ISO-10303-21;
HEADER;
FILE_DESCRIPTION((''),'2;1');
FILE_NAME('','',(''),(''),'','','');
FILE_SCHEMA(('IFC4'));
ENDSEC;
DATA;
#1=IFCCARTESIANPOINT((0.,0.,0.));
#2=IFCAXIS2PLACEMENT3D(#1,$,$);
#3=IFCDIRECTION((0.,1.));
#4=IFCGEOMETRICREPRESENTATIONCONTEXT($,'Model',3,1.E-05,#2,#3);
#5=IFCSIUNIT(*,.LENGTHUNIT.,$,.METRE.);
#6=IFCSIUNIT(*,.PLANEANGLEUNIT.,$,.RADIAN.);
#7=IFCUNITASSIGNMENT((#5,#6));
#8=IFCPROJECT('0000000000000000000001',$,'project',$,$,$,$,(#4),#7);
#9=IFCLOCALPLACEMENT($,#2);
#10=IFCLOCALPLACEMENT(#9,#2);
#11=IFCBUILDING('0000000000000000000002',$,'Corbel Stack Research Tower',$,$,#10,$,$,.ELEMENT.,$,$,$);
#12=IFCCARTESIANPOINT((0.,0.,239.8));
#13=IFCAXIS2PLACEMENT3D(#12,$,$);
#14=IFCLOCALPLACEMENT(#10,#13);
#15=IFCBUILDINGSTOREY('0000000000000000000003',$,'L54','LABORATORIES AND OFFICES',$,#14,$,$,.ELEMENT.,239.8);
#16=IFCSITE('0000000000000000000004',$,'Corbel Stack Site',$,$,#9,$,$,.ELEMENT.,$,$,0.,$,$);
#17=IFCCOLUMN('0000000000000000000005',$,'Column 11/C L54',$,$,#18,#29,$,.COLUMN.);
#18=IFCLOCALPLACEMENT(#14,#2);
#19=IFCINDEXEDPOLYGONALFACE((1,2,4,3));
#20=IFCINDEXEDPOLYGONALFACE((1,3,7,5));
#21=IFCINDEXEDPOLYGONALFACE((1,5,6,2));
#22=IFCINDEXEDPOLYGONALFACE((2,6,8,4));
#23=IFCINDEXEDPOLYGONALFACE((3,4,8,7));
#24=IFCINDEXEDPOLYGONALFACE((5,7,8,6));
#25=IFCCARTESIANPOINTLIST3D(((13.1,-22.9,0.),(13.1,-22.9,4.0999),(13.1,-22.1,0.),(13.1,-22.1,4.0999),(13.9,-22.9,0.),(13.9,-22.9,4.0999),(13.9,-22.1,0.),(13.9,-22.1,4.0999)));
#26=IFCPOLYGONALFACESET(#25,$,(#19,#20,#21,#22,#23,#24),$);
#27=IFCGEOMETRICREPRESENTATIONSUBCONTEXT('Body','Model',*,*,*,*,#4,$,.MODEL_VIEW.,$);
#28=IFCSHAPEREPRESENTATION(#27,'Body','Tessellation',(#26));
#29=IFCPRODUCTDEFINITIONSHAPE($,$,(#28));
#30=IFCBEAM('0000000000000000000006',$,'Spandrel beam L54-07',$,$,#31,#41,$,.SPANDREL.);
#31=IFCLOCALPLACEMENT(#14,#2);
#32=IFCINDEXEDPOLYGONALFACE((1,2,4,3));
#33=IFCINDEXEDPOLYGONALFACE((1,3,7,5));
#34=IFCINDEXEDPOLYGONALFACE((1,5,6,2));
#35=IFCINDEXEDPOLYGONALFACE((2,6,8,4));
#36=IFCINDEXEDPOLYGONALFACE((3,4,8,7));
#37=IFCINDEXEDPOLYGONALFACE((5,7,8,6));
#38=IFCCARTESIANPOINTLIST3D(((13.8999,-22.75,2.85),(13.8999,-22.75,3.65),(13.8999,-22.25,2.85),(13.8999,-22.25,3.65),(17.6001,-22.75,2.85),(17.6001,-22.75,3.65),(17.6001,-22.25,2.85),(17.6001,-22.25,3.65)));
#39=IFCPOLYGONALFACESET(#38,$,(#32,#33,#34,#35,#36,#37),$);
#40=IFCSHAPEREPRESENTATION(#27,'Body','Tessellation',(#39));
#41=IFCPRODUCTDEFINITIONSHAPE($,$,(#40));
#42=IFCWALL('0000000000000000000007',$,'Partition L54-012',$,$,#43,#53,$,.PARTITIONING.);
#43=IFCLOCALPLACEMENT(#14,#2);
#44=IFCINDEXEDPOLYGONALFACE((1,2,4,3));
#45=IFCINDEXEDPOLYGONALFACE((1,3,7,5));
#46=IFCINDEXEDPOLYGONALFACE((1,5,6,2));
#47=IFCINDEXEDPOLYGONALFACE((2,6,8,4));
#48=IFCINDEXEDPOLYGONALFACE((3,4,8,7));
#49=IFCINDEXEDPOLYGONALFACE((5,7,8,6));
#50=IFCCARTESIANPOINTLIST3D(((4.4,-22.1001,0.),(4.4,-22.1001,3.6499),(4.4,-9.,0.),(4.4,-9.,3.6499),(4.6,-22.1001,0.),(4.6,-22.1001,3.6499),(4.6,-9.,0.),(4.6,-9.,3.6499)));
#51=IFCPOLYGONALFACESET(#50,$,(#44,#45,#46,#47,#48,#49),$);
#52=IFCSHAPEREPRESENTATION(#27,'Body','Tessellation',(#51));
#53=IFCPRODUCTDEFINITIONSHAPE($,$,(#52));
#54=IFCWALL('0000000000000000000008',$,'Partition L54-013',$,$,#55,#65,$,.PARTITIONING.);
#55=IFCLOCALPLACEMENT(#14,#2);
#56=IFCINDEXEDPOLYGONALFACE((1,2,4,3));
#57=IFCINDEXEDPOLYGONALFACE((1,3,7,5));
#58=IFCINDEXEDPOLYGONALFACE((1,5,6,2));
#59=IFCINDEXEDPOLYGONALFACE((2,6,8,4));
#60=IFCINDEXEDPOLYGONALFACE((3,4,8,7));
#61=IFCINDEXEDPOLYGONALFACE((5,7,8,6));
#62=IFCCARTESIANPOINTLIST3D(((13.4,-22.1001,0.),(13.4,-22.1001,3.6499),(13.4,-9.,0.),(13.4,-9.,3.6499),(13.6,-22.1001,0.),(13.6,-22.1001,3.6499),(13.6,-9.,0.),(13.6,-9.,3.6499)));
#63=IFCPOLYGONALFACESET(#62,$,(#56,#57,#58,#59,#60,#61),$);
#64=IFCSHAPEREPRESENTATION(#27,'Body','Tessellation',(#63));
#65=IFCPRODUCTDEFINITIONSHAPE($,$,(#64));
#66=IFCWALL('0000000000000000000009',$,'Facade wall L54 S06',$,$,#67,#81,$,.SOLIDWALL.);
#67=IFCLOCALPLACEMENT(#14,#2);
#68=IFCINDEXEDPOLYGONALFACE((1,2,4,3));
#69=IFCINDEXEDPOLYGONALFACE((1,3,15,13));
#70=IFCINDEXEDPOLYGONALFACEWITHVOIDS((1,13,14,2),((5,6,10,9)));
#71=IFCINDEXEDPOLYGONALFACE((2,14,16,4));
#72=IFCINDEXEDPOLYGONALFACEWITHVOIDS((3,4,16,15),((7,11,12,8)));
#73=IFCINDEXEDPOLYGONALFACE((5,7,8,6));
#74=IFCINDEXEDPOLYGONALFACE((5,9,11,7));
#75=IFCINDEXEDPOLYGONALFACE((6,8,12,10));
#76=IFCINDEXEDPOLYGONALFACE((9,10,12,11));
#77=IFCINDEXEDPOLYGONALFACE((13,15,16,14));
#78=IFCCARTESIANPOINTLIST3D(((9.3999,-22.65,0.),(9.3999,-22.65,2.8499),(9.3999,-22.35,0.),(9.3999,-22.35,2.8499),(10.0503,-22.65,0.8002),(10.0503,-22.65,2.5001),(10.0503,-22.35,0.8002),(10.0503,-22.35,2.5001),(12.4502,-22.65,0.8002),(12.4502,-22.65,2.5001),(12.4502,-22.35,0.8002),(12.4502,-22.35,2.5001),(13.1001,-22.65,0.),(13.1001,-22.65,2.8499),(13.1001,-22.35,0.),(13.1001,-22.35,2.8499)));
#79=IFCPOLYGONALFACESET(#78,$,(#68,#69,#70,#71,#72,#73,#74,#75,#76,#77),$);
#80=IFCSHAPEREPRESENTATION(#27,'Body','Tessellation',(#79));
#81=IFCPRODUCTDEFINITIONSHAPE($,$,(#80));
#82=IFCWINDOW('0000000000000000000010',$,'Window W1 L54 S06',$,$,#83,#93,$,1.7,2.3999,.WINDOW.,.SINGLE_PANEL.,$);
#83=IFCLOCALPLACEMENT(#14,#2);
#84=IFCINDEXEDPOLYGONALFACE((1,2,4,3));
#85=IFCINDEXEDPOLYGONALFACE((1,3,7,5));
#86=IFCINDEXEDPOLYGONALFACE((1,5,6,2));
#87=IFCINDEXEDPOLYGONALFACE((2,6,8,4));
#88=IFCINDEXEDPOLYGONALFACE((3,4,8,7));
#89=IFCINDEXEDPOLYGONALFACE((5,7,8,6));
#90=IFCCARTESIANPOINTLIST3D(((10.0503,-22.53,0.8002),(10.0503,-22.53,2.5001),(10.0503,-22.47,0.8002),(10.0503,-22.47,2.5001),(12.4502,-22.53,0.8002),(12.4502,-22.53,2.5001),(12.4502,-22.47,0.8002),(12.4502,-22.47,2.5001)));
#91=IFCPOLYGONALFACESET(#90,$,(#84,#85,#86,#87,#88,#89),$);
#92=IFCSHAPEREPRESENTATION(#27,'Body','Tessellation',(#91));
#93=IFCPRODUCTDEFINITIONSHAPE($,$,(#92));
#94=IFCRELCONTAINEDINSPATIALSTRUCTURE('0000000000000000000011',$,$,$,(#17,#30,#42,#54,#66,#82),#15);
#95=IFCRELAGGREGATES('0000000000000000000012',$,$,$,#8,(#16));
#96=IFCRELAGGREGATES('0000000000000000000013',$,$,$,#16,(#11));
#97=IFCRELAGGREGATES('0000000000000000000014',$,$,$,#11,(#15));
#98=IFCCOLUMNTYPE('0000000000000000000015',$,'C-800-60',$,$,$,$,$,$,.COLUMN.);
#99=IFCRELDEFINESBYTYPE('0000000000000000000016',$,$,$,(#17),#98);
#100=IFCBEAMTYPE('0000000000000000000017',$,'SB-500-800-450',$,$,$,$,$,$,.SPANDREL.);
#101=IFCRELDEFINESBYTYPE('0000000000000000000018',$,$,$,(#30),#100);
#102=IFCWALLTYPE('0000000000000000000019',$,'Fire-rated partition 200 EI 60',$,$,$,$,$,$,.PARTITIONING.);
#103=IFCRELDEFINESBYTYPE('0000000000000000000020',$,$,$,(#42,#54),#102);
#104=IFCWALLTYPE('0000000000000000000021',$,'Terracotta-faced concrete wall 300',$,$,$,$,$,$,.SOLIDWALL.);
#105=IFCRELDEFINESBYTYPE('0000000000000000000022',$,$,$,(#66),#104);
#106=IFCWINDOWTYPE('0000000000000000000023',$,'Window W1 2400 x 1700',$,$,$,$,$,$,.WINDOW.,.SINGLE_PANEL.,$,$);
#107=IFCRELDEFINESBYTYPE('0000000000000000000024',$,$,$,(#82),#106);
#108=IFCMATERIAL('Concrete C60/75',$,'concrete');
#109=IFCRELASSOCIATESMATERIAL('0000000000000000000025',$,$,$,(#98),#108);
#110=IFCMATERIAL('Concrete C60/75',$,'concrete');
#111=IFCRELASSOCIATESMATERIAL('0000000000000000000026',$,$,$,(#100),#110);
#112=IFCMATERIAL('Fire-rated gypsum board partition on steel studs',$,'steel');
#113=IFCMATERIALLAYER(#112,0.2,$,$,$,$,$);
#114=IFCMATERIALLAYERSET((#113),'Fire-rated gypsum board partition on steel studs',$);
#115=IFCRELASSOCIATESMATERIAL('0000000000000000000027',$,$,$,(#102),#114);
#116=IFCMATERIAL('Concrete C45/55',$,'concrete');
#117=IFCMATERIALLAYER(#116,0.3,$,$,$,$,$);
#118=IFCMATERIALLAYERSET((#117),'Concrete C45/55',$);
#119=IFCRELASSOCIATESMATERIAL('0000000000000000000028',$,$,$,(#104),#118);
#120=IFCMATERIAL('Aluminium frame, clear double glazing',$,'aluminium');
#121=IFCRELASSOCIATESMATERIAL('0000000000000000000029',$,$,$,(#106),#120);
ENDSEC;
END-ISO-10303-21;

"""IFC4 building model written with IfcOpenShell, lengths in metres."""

from ifc_helpers import new_model, si_unit, direction, frame, frame_2d, origin, origin_2d, place, context, subcontext, project, spatial, rectangle, extrude, material, layer, layer_set, material_profile, profile_set, type_object, element, fill, save


model = new_model("IFC4")

# Units and contexts
model_context = context("Model", 3, precision=1e-05, world=origin(), true_north=direction((0.0, 1.0)))
body_context = subcontext(model_context, "Body", "Model", "MODEL_VIEW")
ifc_project = project(units=[si_unit("LENGTHUNIT", "METRE"), si_unit("PLANEANGLEUNIT", "RADIAN")], contexts=[model_context])

# Site, building, storey
site_placement = place(None, origin())
site = spatial("IfcSite", under=ifc_project, at=site_placement, Name="Corbel Stack Site", CompositionType="ELEMENT", RefElevation=0.0)
building_placement = place(site_placement, origin())
building = spatial("IfcBuilding", under=site, at=building_placement, Name="Corbel Stack Research Tower", CompositionType="ELEMENT")
storey_placement = place(building_placement, frame((0.0, 0.0, 239.8)))
storey = spatial("IfcBuildingStorey", under=building, at=storey_placement, Name="L54", Description="LABORATORIES AND OFFICES", CompositionType="ELEMENT", Elevation=239.8)

# Column
ifc_material_1 = material(Name="Concrete C60/75", Category="concrete")
ifc_material_profile_1 = material_profile(ifc_material_1, rectangle(XDim=0.8, YDim=0.8, at=origin_2d()), Name="RC 800 x 800")
ifc_profile_set_1 = profile_set([ifc_material_profile_1], Name="Concrete C60/75")
column_type = type_object("IfcColumnType", Name="C-800-60", PredefinedType="COLUMN", material=ifc_profile_set_1)
column_placement = place(storey_placement, frame((13.5, -22.5, 0.0), z_axis=(0.0, 0.0, 1.0), x_axis=(1.0, 0.0, 0.0)))
element("IfcColumn", 1, at=column_placement, inside=storey, type_object=column_type, Name="Column 11/C L54", PredefinedType="COLUMN", context=body_context, shape_type="SweptSolid", body=[
    extrude(rectangle(XDim=0.8, YDim=0.8, at=origin_2d()), origin(), (0.0, 0.0, 1.0), 4.0999),
])

# Beam
ifc_material_2 = material(Name="Concrete C60/75", Category="concrete")
ifc_material_profile_2 = material_profile(ifc_material_2, rectangle(XDim=0.5, YDim=0.8, at=origin_2d()), Name="RC 500 x 800")
ifc_profile_set_2 = profile_set([ifc_material_profile_2], Name="Concrete C60/75")
beam_type = type_object("IfcBeamType", Name="SB-500-800-450", PredefinedType="SPANDREL", material=ifc_profile_set_2)
beam_placement = place(storey_placement, frame((13.8999, -22.5, 3.25), z_axis=(1.0, 0.0, 0.0), x_axis=(0.0, 1.0, 0.0)))
element("IfcBeam", 2, at=beam_placement, inside=storey, type_object=beam_type, Name="Spandrel beam L54-07", PredefinedType="SPANDREL", context=body_context, shape_type="SweptSolid", body=[
    extrude(rectangle(XDim=0.5, YDim=0.8, at=origin_2d()), origin(), (0.0, 0.0, 1.0), 3.7002),
])

# Walls
ifc_material_3 = material(Name="Fire-rated gypsum board partition on steel studs", Category="steel")
ifc_layer_1 = layer(ifc_material_3, 0.2)
ifc_layer_set_1 = layer_set([ifc_layer_1], Name="Fire-rated gypsum board partition on steel studs")
wall_type_1 = type_object("IfcWallType", Name="Fire-rated partition 200 EI 60", PredefinedType="PARTITIONING", material=ifc_layer_set_1)
for number, where, z_axis, x_axis, name in (
    (3, (4.5, -22.1001, 0.0), (0.0, 0.0, 1.0), (0.0, 1.0, 0.0), "Partition L54-012"),
    (4, (13.5, -22.1001, 0.0), (0.0, 0.0, 1.0), (0.0, 1.0, 0.0), "Partition L54-013"),
):
    element("IfcWall", number, at=place(storey_placement, frame(where, z_axis=z_axis, x_axis=x_axis)), inside=storey, type_object=wall_type_1, Name=name, PredefinedType="PARTITIONING", context=body_context, shape_type="SweptSolid", body=[
        extrude(rectangle(XDim=13.1001, YDim=0.2, at=frame_2d((6.55, 0.0))), origin(), (0.0, 0.0, 1.0), 3.6499),
    ])

# Wall, opening, window
ifc_material_4 = material(Name="Concrete C45/55", Category="concrete")
ifc_layer_2 = layer(ifc_material_4, 0.3)
ifc_layer_set_2 = layer_set([ifc_layer_2], Name="Concrete C45/55")
wall_type_2 = type_object("IfcWallType", Name="Terracotta-faced concrete wall 300", PredefinedType="SOLIDWALL", material=ifc_layer_set_2)
wall_placement = place(storey_placement, frame((13.1001, -22.5, 0.0), z_axis=(0.0, 0.0, 1.0), x_axis=(-1.0, 0.0, 0.0)))
wall = element("IfcWall", 5, at=wall_placement, inside=storey, type_object=wall_type_2, Name="Facade wall L54 S06", PredefinedType="SOLIDWALL", context=body_context, shape_type="SweptSolid", body=[
    extrude(rectangle(XDim=3.7002, YDim=0.3, at=frame_2d((1.8501, 0.0))), origin(), (0.0, 0.0, 1.0), 2.8499),
])
opening_placement = place(wall_placement, frame((0.6499, 0.0, 0.8)))
opening = element("IfcOpeningElement", 6, at=opening_placement, cuts=wall, PredefinedType="OPENING", context=body_context, shape_type="SweptSolid", body=[
    extrude(rectangle(XDim=2.3999, YDim=1.7, at=frame_2d((1.2, 0.8501))), frame((0.0, 0.1599, 0.0), z_axis=(0.0, -1.0, 0.0), x_axis=(1.0, 0.0, 0.0)), (0.0, 0.0, 1.0), 0.3201),
])
ifc_material_5 = material(Name="Aluminium frame, clear double glazing", Category="aluminium")
window_type = type_object("IfcWindowType", Name="Window W1 2400 x 1700", PartitioningType="SINGLE_PANEL", PredefinedType="WINDOW", material=ifc_material_5)
window_placement = place(opening_placement, origin())
window = element("IfcWindow", 7, at=window_placement, inside=storey, type_object=window_type, Name="Window W1 L54 S06", OverallHeight=1.7, OverallWidth=2.3999, PartitioningType="SINGLE_PANEL", PredefinedType="WINDOW", context=body_context, shape_type="SweptSolid", body=[
    extrude(rectangle(XDim=2.3999, YDim=1.7, at=frame_2d((1.2, 0.8501))), frame((0.0, 0.03, 0.0), z_axis=(0.0, -1.0, 0.0), x_axis=(1.0, 0.0, 0.0)), (0.0, 0.0, 1.0), 0.0601),
])
fill(opening, window)

save(model, "model.ifc")
